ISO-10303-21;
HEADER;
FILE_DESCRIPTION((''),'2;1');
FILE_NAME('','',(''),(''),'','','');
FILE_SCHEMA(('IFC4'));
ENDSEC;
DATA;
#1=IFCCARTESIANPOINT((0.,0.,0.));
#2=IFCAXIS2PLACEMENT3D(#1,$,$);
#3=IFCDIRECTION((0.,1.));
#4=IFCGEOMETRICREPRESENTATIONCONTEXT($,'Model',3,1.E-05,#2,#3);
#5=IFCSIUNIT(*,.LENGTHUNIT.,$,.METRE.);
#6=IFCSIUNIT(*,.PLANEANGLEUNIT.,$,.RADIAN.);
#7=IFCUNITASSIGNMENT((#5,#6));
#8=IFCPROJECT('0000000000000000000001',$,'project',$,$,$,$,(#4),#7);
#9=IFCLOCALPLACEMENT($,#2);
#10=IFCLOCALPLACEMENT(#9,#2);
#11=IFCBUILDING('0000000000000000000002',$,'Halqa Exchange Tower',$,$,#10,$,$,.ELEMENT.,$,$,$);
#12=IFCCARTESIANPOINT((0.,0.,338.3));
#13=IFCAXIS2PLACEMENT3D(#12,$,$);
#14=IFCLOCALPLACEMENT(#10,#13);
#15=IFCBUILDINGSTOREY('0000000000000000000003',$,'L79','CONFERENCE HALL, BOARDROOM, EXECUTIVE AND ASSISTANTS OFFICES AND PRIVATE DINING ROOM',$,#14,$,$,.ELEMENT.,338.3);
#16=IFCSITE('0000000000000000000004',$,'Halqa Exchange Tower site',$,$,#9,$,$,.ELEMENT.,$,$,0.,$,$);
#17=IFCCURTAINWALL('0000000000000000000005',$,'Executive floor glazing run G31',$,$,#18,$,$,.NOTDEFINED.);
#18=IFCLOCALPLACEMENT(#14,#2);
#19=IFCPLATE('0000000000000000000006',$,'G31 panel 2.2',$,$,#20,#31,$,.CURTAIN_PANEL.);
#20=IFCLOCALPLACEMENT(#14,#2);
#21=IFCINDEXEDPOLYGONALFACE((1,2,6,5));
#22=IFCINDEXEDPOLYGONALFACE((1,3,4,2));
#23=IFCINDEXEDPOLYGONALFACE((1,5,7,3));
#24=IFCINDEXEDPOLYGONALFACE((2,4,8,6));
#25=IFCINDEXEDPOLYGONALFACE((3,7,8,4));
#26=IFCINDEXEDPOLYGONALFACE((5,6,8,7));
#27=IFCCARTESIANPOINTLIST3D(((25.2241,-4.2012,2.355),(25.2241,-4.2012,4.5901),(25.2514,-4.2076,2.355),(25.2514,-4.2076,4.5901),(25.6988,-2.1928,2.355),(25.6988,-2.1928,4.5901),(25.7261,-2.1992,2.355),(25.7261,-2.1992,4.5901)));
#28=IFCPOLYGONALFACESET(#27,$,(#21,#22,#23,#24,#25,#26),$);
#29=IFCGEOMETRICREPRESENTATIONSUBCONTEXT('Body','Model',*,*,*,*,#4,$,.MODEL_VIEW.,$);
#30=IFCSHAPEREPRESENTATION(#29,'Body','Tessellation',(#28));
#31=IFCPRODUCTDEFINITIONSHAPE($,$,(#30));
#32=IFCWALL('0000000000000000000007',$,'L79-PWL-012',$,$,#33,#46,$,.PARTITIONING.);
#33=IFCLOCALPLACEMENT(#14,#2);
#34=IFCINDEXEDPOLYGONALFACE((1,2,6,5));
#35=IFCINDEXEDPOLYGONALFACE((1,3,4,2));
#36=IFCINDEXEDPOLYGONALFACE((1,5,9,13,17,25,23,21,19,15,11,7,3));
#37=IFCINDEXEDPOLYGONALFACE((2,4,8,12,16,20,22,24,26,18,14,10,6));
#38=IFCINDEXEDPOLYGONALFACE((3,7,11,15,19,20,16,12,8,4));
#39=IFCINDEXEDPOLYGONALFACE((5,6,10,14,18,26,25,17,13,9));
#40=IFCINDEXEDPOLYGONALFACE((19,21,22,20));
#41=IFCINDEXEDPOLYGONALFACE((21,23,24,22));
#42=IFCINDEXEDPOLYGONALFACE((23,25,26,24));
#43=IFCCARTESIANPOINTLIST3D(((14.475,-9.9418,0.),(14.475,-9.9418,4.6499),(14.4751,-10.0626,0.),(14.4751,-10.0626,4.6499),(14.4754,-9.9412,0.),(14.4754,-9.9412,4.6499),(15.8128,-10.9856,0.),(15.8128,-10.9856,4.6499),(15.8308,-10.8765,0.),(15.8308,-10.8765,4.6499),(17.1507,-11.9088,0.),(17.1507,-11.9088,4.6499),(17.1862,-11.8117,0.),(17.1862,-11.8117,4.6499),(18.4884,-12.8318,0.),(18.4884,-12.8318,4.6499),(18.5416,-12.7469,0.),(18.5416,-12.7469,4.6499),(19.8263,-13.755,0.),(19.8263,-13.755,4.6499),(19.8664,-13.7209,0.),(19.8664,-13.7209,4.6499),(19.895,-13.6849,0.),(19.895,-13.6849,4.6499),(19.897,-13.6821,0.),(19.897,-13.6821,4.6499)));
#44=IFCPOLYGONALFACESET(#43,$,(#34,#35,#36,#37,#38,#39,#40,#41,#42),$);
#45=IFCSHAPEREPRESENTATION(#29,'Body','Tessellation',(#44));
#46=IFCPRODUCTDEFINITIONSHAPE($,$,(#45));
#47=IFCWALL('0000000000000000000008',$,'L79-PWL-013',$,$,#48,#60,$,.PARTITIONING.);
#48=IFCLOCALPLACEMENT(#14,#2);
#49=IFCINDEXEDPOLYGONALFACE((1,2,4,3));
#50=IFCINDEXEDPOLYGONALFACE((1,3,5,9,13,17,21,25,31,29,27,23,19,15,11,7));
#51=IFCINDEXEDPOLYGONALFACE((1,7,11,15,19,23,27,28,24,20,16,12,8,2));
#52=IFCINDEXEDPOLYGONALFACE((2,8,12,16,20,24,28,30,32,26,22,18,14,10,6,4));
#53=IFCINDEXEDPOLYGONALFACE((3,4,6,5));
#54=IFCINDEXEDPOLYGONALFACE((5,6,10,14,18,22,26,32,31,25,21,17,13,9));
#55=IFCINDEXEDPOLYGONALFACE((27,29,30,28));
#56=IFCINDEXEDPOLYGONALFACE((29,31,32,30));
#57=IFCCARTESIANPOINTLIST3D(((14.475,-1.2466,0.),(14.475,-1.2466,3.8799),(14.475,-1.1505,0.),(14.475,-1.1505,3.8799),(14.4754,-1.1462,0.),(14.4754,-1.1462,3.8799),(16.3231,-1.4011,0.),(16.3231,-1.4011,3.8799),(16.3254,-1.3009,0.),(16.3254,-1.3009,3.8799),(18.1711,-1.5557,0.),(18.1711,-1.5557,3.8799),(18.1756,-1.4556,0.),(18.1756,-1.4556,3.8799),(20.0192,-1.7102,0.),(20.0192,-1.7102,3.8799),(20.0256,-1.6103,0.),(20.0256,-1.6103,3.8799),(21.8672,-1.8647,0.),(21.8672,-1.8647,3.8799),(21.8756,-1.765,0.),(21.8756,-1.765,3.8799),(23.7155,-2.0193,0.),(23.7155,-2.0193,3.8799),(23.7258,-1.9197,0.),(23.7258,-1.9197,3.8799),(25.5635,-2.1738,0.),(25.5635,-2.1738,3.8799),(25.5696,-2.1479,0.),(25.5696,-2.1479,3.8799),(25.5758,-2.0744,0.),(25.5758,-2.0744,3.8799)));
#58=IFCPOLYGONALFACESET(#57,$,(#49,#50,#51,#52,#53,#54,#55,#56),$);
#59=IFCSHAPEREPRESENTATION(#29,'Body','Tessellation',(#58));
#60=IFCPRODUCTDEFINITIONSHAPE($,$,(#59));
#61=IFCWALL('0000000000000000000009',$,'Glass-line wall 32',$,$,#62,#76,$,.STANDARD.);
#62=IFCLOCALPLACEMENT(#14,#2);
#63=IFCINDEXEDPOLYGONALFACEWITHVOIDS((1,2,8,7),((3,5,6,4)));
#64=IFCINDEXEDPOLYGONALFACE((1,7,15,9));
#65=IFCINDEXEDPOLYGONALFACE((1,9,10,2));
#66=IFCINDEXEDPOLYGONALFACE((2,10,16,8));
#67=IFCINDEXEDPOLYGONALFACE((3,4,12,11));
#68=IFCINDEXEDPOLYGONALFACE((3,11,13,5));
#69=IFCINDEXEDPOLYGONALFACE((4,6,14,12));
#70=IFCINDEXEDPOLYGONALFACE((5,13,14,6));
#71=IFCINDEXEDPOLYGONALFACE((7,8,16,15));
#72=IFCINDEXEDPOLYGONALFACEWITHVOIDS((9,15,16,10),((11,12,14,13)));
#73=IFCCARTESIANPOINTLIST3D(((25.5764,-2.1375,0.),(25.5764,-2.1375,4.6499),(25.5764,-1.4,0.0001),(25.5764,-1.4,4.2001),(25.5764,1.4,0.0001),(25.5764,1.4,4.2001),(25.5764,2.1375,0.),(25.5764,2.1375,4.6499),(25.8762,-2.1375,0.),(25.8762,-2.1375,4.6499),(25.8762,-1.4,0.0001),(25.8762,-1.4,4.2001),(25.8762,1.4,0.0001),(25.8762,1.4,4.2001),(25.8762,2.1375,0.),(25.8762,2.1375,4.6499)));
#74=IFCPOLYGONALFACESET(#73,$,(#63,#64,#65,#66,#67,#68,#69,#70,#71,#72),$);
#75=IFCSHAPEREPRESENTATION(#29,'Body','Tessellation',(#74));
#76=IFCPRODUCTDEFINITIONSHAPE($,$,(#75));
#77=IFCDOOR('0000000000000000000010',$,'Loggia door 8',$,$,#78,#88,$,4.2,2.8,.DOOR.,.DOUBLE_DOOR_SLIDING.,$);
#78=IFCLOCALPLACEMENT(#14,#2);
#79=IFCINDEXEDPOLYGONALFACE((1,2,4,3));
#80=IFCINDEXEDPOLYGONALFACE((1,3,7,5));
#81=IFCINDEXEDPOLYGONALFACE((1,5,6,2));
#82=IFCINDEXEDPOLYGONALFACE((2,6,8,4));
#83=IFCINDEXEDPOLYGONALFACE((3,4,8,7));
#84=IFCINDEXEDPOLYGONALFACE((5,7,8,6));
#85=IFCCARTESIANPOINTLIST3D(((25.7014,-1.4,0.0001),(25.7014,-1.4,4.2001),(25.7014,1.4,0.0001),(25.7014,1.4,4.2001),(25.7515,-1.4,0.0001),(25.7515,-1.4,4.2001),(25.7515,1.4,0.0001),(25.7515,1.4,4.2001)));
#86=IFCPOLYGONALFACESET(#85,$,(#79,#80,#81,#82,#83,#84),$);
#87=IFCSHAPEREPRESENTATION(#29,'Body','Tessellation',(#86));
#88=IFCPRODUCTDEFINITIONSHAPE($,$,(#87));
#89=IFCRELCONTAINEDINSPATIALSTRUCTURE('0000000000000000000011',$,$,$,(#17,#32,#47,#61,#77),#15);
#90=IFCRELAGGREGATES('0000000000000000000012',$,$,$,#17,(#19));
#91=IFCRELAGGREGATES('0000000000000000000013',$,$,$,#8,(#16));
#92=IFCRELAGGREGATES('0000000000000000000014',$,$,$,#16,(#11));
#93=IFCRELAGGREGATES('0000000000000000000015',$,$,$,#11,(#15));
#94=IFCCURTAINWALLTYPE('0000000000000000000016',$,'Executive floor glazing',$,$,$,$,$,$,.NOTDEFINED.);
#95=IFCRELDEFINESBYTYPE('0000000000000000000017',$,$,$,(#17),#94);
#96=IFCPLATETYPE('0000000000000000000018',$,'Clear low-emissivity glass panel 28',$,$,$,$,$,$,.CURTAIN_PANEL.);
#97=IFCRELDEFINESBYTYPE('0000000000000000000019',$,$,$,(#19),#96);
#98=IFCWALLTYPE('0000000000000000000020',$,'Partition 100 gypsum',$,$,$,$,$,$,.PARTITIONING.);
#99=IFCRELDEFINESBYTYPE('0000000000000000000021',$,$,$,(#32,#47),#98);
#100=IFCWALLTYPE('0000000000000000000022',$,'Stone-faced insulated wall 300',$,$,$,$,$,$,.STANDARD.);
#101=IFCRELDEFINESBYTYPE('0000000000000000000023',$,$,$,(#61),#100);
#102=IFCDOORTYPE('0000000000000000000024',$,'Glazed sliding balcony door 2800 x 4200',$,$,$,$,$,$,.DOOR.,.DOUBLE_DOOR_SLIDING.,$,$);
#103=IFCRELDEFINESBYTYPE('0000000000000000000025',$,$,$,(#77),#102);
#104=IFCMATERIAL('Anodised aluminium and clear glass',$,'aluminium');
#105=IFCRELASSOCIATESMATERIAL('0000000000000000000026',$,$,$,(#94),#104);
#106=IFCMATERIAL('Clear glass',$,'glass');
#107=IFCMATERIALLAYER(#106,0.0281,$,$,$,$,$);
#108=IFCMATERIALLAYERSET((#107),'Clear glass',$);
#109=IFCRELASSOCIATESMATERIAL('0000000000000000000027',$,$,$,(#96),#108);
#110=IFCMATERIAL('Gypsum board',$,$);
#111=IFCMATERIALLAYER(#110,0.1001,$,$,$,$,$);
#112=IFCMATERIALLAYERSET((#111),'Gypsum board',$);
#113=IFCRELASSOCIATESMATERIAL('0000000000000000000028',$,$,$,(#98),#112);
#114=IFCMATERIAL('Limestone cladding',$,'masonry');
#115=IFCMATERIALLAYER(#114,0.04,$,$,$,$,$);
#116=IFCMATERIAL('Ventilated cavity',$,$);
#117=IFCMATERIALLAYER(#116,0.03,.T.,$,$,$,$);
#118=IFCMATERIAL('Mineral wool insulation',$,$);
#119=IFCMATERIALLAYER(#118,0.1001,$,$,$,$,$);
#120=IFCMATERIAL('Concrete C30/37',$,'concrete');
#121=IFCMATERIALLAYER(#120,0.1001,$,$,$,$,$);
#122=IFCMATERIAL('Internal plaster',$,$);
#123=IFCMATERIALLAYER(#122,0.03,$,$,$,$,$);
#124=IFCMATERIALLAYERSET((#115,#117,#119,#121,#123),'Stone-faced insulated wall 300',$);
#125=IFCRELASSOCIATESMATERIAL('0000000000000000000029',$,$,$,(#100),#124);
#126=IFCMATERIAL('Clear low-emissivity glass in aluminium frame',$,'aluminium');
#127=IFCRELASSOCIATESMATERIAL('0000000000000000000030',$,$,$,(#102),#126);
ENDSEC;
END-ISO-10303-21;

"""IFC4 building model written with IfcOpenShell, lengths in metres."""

from ifc_helpers import new_model, si_unit, direction, frame, frame_2d, origin, origin_2d, place, context, subcontext, project, spatial, polyline, rectangle, outline, extrude, material, layer, layer_set, type_object, element, fill, aggregate, save


model = new_model("IFC4")

# Units and contexts
model_context = context("Model", 3, precision=1e-05, world=origin(), true_north=direction((0.0, 1.0)))
body_context = subcontext(model_context, "Body", "Model", "MODEL_VIEW")
ifc_project = project(units=[si_unit("LENGTHUNIT", "METRE"), si_unit("PLANEANGLEUNIT", "RADIAN")], contexts=[model_context])

# Site, building, storey
site_placement = place(None, origin())
site = spatial("IfcSite", under=ifc_project, at=site_placement, Name="Halqa Exchange Tower site", CompositionType="ELEMENT", RefElevation=0.0)
building_placement = place(site_placement, origin())
building = spatial("IfcBuilding", under=site, at=building_placement, Name="Halqa Exchange Tower", CompositionType="ELEMENT")
storey_placement = place(building_placement, frame((0.0, 0.0, 338.3)))
storey = spatial("IfcBuildingStorey", under=building, at=storey_placement, Name="L79", Description="CONFERENCE HALL, BOARDROOM, EXECUTIVE AND ASSISTANTS OFFICES AND PRIVATE DINING ROOM", CompositionType="ELEMENT", Elevation=338.3)

# Curtain wall
ifc_material_1 = material(Name="Anodised aluminium and clear glass", Category="aluminium")
curtain_wall_type = type_object("IfcCurtainWallType", Name="Executive floor glazing", PredefinedType="NOTDEFINED", material=ifc_material_1)
curtain_wall_1_placement = place(storey_placement, origin())
curtain_wall_1 = element("IfcCurtainWall", 1, at=curtain_wall_1_placement, inside=storey, type_object=curtain_wall_type, Name="Executive floor glazing run G31", PredefinedType="NOTDEFINED")

# Plate
ifc_material_2 = material(Name="Clear glass", Category="glass")
ifc_layer_1 = layer(ifc_material_2, 0.0281)
ifc_layer_set_1 = layer_set([ifc_layer_1], Name="Clear glass")
plate_type = type_object("IfcPlateType", Name="Clear low-emissivity glass panel 28", PredefinedType="CURTAIN_PANEL", material=ifc_layer_set_1)
plate_1_placement = place(storey_placement, frame((25.4751, -3.2002, 2.355), z_axis=(0.0, 0.0, 1.0), x_axis=(0.229995, 0.973192, 0.0)))
plate_1 = element("IfcPlate", 2, at=plate_1_placement, type_object=plate_type, Name="G31 panel 2.2", PredefinedType="CURTAIN_PANEL", context=body_context, shape_type="SweptSolid", body=[
    extrude(rectangle(XDim=2.0637, YDim=0.0281, at=origin_2d()), origin(), (0.0, 0.0, 1.0), 2.2351),
])
aggregate(curtain_wall_1, [plate_1])

# Walls
ifc_material_3 = material(Name="Gypsum board")
ifc_layer_2 = layer(ifc_material_3, 0.1001)
ifc_layer_set_2 = layer_set([ifc_layer_2], Name="Gypsum board")
wall_type_1 = type_object("IfcWallType", Name="Partition 100 gypsum", PredefinedType="PARTITIONING", material=ifc_layer_set_2)
wall_1_placement = place(storey_placement, frame((14.447, -9.9824, 0.0), z_axis=(0.0, 0.0, 1.0), x_axis=(0.823077, -0.56793, 0.0)))
element("IfcWall", 3, at=wall_1_placement, inside=storey, type_object=wall_type_1, Name="L79-PWL-012", PredefinedType="PARTITIONING", context=body_context, shape_type="SweptSolid", body=[
    extrude(outline(polyline([(0.0686, -0.05), (1.6938, -0.05), (3.3193, -0.05), (4.9446, -0.05), (6.5701, -0.05), (6.5837, 0.0007), (6.5869, 0.0466), (6.5869, 0.05), (4.9402, 0.05), (3.2935, 0.05), (1.6467, 0.05), (0.0, 0.05), (0.0, 0.0493), (0.0686, -0.05)])), origin(), (0.0, 0.0, 1.0), 4.6499),
])
wall_2_placement = place(storey_placement, frame((14.4712, -1.196, 0.0), z_axis=(0.0, 0.0, 1.0), x_axis=(0.996522, -0.08333, 0.0)))
element("IfcWall", 4, at=wall_2_placement, inside=storey, type_object=wall_type_1, Name="L79-PWL-013", PredefinedType="PARTITIONING", context=body_context, shape_type="SweptSolid", body=[
    extrude(outline(polyline([(0.0081, -0.05), (1.8625, -0.05), (3.717, -0.05), (5.5715, -0.05), (7.426, -0.05), (9.2808, -0.05), (11.1353, -0.05), (11.1392, -0.0237), (11.1392, 0.05), (9.2827, 0.05), (7.426, 0.05), (5.5696, 0.05), (3.7131, 0.05), (1.8564, 0.05), (0.0, 0.05), (0.0, 0.0457), (0.0081, -0.05)])), origin(), (0.0, 0.0, 1.0), 3.8799),
])

# Wall, opening, door
ifc_material_4 = material(Name="Limestone cladding", Category="masonry")
ifc_layer_3 = layer(ifc_material_4, 0.04)
ifc_material_5 = material(Name="Ventilated cavity")
ifc_layer_4 = layer(ifc_material_5, 0.03, ventilated=True)
ifc_material_6 = material(Name="Mineral wool insulation")
ifc_layer_5 = layer(ifc_material_6, 0.1001)
ifc_material_7 = material(Name="Concrete C30/37", Category="concrete")
ifc_layer_6 = layer(ifc_material_7, 0.1001)
ifc_material_8 = material(Name="Internal plaster")
ifc_layer_7 = layer(ifc_material_8, 0.03)
ifc_layer_set_3 = layer_set([ifc_layer_3, ifc_layer_4, ifc_layer_5, ifc_layer_6, ifc_layer_7], Name="Stone-faced insulated wall 300")
wall_type_2 = type_object("IfcWallType", Name="Stone-faced insulated wall 300", PredefinedType="STANDARD", material=ifc_layer_set_3)
wall_3_placement = place(storey_placement, frame((25.7263, -2.1375, 0.0), z_axis=(0.0, 0.0, 1.0), x_axis=(0.0, 1.0, 0.0)))
wall_3 = element("IfcWall", 5, at=wall_3_placement, inside=storey, type_object=wall_type_2, Name="Glass-line wall 32", PredefinedType="STANDARD", context=body_context, shape_type="SweptSolid", body=[
    extrude(outline(polyline([(0.0, -0.1499), (4.2749, -0.1499), (4.2749, 0.1499), (0.0, 0.1499), (0.0, -0.1499)])), origin(), (0.0, 0.0, 1.0), 4.6499),
])
opening_placement = place(wall_3_placement, frame((0.7375, 0.0, 0.0)))
opening = element("IfcOpeningElement", 6, at=opening_placement, cuts=wall_3, PredefinedType="OPENING", context=body_context, shape_type="SweptSolid", body=[
    extrude(rectangle(XDim=2.8, YDim=4.2, at=frame_2d((1.3999, 2.1001))), frame((0.0, 0.1621, 0.0), z_axis=(0.0, -1.0, 0.0), x_axis=(1.0, 0.0, 0.0)), (0.0, 0.0, 1.0), 0.324),
])
ifc_material_9 = material(Name="Clear low-emissivity glass in aluminium frame", Category="aluminium")
door_type = type_object("IfcDoorType", Name="Glazed sliding balcony door 2800 x 4200", OperationType="DOUBLE_DOOR_SLIDING", PredefinedType="DOOR", material=ifc_material_9)
door_placement = place(opening_placement, origin())
door = element("IfcDoor", 7, at=door_placement, inside=storey, type_object=door_type, Name="Loggia door 8", OperationType="DOUBLE_DOOR_SLIDING", OverallHeight=4.2, OverallWidth=2.8, PredefinedType="DOOR", context=body_context, shape_type="SweptSolid", body=[
    extrude(rectangle(XDim=2.8, YDim=4.2, at=frame_2d((1.3999, 2.1001))), frame((0.0, 0.0249, 0.0), z_axis=(0.0, -1.0, 0.0), x_axis=(1.0, 0.0, 0.0)), (0.0, 0.0, 1.0), 0.05),
])
fill(opening, door)

save(model, "model.ifc")
